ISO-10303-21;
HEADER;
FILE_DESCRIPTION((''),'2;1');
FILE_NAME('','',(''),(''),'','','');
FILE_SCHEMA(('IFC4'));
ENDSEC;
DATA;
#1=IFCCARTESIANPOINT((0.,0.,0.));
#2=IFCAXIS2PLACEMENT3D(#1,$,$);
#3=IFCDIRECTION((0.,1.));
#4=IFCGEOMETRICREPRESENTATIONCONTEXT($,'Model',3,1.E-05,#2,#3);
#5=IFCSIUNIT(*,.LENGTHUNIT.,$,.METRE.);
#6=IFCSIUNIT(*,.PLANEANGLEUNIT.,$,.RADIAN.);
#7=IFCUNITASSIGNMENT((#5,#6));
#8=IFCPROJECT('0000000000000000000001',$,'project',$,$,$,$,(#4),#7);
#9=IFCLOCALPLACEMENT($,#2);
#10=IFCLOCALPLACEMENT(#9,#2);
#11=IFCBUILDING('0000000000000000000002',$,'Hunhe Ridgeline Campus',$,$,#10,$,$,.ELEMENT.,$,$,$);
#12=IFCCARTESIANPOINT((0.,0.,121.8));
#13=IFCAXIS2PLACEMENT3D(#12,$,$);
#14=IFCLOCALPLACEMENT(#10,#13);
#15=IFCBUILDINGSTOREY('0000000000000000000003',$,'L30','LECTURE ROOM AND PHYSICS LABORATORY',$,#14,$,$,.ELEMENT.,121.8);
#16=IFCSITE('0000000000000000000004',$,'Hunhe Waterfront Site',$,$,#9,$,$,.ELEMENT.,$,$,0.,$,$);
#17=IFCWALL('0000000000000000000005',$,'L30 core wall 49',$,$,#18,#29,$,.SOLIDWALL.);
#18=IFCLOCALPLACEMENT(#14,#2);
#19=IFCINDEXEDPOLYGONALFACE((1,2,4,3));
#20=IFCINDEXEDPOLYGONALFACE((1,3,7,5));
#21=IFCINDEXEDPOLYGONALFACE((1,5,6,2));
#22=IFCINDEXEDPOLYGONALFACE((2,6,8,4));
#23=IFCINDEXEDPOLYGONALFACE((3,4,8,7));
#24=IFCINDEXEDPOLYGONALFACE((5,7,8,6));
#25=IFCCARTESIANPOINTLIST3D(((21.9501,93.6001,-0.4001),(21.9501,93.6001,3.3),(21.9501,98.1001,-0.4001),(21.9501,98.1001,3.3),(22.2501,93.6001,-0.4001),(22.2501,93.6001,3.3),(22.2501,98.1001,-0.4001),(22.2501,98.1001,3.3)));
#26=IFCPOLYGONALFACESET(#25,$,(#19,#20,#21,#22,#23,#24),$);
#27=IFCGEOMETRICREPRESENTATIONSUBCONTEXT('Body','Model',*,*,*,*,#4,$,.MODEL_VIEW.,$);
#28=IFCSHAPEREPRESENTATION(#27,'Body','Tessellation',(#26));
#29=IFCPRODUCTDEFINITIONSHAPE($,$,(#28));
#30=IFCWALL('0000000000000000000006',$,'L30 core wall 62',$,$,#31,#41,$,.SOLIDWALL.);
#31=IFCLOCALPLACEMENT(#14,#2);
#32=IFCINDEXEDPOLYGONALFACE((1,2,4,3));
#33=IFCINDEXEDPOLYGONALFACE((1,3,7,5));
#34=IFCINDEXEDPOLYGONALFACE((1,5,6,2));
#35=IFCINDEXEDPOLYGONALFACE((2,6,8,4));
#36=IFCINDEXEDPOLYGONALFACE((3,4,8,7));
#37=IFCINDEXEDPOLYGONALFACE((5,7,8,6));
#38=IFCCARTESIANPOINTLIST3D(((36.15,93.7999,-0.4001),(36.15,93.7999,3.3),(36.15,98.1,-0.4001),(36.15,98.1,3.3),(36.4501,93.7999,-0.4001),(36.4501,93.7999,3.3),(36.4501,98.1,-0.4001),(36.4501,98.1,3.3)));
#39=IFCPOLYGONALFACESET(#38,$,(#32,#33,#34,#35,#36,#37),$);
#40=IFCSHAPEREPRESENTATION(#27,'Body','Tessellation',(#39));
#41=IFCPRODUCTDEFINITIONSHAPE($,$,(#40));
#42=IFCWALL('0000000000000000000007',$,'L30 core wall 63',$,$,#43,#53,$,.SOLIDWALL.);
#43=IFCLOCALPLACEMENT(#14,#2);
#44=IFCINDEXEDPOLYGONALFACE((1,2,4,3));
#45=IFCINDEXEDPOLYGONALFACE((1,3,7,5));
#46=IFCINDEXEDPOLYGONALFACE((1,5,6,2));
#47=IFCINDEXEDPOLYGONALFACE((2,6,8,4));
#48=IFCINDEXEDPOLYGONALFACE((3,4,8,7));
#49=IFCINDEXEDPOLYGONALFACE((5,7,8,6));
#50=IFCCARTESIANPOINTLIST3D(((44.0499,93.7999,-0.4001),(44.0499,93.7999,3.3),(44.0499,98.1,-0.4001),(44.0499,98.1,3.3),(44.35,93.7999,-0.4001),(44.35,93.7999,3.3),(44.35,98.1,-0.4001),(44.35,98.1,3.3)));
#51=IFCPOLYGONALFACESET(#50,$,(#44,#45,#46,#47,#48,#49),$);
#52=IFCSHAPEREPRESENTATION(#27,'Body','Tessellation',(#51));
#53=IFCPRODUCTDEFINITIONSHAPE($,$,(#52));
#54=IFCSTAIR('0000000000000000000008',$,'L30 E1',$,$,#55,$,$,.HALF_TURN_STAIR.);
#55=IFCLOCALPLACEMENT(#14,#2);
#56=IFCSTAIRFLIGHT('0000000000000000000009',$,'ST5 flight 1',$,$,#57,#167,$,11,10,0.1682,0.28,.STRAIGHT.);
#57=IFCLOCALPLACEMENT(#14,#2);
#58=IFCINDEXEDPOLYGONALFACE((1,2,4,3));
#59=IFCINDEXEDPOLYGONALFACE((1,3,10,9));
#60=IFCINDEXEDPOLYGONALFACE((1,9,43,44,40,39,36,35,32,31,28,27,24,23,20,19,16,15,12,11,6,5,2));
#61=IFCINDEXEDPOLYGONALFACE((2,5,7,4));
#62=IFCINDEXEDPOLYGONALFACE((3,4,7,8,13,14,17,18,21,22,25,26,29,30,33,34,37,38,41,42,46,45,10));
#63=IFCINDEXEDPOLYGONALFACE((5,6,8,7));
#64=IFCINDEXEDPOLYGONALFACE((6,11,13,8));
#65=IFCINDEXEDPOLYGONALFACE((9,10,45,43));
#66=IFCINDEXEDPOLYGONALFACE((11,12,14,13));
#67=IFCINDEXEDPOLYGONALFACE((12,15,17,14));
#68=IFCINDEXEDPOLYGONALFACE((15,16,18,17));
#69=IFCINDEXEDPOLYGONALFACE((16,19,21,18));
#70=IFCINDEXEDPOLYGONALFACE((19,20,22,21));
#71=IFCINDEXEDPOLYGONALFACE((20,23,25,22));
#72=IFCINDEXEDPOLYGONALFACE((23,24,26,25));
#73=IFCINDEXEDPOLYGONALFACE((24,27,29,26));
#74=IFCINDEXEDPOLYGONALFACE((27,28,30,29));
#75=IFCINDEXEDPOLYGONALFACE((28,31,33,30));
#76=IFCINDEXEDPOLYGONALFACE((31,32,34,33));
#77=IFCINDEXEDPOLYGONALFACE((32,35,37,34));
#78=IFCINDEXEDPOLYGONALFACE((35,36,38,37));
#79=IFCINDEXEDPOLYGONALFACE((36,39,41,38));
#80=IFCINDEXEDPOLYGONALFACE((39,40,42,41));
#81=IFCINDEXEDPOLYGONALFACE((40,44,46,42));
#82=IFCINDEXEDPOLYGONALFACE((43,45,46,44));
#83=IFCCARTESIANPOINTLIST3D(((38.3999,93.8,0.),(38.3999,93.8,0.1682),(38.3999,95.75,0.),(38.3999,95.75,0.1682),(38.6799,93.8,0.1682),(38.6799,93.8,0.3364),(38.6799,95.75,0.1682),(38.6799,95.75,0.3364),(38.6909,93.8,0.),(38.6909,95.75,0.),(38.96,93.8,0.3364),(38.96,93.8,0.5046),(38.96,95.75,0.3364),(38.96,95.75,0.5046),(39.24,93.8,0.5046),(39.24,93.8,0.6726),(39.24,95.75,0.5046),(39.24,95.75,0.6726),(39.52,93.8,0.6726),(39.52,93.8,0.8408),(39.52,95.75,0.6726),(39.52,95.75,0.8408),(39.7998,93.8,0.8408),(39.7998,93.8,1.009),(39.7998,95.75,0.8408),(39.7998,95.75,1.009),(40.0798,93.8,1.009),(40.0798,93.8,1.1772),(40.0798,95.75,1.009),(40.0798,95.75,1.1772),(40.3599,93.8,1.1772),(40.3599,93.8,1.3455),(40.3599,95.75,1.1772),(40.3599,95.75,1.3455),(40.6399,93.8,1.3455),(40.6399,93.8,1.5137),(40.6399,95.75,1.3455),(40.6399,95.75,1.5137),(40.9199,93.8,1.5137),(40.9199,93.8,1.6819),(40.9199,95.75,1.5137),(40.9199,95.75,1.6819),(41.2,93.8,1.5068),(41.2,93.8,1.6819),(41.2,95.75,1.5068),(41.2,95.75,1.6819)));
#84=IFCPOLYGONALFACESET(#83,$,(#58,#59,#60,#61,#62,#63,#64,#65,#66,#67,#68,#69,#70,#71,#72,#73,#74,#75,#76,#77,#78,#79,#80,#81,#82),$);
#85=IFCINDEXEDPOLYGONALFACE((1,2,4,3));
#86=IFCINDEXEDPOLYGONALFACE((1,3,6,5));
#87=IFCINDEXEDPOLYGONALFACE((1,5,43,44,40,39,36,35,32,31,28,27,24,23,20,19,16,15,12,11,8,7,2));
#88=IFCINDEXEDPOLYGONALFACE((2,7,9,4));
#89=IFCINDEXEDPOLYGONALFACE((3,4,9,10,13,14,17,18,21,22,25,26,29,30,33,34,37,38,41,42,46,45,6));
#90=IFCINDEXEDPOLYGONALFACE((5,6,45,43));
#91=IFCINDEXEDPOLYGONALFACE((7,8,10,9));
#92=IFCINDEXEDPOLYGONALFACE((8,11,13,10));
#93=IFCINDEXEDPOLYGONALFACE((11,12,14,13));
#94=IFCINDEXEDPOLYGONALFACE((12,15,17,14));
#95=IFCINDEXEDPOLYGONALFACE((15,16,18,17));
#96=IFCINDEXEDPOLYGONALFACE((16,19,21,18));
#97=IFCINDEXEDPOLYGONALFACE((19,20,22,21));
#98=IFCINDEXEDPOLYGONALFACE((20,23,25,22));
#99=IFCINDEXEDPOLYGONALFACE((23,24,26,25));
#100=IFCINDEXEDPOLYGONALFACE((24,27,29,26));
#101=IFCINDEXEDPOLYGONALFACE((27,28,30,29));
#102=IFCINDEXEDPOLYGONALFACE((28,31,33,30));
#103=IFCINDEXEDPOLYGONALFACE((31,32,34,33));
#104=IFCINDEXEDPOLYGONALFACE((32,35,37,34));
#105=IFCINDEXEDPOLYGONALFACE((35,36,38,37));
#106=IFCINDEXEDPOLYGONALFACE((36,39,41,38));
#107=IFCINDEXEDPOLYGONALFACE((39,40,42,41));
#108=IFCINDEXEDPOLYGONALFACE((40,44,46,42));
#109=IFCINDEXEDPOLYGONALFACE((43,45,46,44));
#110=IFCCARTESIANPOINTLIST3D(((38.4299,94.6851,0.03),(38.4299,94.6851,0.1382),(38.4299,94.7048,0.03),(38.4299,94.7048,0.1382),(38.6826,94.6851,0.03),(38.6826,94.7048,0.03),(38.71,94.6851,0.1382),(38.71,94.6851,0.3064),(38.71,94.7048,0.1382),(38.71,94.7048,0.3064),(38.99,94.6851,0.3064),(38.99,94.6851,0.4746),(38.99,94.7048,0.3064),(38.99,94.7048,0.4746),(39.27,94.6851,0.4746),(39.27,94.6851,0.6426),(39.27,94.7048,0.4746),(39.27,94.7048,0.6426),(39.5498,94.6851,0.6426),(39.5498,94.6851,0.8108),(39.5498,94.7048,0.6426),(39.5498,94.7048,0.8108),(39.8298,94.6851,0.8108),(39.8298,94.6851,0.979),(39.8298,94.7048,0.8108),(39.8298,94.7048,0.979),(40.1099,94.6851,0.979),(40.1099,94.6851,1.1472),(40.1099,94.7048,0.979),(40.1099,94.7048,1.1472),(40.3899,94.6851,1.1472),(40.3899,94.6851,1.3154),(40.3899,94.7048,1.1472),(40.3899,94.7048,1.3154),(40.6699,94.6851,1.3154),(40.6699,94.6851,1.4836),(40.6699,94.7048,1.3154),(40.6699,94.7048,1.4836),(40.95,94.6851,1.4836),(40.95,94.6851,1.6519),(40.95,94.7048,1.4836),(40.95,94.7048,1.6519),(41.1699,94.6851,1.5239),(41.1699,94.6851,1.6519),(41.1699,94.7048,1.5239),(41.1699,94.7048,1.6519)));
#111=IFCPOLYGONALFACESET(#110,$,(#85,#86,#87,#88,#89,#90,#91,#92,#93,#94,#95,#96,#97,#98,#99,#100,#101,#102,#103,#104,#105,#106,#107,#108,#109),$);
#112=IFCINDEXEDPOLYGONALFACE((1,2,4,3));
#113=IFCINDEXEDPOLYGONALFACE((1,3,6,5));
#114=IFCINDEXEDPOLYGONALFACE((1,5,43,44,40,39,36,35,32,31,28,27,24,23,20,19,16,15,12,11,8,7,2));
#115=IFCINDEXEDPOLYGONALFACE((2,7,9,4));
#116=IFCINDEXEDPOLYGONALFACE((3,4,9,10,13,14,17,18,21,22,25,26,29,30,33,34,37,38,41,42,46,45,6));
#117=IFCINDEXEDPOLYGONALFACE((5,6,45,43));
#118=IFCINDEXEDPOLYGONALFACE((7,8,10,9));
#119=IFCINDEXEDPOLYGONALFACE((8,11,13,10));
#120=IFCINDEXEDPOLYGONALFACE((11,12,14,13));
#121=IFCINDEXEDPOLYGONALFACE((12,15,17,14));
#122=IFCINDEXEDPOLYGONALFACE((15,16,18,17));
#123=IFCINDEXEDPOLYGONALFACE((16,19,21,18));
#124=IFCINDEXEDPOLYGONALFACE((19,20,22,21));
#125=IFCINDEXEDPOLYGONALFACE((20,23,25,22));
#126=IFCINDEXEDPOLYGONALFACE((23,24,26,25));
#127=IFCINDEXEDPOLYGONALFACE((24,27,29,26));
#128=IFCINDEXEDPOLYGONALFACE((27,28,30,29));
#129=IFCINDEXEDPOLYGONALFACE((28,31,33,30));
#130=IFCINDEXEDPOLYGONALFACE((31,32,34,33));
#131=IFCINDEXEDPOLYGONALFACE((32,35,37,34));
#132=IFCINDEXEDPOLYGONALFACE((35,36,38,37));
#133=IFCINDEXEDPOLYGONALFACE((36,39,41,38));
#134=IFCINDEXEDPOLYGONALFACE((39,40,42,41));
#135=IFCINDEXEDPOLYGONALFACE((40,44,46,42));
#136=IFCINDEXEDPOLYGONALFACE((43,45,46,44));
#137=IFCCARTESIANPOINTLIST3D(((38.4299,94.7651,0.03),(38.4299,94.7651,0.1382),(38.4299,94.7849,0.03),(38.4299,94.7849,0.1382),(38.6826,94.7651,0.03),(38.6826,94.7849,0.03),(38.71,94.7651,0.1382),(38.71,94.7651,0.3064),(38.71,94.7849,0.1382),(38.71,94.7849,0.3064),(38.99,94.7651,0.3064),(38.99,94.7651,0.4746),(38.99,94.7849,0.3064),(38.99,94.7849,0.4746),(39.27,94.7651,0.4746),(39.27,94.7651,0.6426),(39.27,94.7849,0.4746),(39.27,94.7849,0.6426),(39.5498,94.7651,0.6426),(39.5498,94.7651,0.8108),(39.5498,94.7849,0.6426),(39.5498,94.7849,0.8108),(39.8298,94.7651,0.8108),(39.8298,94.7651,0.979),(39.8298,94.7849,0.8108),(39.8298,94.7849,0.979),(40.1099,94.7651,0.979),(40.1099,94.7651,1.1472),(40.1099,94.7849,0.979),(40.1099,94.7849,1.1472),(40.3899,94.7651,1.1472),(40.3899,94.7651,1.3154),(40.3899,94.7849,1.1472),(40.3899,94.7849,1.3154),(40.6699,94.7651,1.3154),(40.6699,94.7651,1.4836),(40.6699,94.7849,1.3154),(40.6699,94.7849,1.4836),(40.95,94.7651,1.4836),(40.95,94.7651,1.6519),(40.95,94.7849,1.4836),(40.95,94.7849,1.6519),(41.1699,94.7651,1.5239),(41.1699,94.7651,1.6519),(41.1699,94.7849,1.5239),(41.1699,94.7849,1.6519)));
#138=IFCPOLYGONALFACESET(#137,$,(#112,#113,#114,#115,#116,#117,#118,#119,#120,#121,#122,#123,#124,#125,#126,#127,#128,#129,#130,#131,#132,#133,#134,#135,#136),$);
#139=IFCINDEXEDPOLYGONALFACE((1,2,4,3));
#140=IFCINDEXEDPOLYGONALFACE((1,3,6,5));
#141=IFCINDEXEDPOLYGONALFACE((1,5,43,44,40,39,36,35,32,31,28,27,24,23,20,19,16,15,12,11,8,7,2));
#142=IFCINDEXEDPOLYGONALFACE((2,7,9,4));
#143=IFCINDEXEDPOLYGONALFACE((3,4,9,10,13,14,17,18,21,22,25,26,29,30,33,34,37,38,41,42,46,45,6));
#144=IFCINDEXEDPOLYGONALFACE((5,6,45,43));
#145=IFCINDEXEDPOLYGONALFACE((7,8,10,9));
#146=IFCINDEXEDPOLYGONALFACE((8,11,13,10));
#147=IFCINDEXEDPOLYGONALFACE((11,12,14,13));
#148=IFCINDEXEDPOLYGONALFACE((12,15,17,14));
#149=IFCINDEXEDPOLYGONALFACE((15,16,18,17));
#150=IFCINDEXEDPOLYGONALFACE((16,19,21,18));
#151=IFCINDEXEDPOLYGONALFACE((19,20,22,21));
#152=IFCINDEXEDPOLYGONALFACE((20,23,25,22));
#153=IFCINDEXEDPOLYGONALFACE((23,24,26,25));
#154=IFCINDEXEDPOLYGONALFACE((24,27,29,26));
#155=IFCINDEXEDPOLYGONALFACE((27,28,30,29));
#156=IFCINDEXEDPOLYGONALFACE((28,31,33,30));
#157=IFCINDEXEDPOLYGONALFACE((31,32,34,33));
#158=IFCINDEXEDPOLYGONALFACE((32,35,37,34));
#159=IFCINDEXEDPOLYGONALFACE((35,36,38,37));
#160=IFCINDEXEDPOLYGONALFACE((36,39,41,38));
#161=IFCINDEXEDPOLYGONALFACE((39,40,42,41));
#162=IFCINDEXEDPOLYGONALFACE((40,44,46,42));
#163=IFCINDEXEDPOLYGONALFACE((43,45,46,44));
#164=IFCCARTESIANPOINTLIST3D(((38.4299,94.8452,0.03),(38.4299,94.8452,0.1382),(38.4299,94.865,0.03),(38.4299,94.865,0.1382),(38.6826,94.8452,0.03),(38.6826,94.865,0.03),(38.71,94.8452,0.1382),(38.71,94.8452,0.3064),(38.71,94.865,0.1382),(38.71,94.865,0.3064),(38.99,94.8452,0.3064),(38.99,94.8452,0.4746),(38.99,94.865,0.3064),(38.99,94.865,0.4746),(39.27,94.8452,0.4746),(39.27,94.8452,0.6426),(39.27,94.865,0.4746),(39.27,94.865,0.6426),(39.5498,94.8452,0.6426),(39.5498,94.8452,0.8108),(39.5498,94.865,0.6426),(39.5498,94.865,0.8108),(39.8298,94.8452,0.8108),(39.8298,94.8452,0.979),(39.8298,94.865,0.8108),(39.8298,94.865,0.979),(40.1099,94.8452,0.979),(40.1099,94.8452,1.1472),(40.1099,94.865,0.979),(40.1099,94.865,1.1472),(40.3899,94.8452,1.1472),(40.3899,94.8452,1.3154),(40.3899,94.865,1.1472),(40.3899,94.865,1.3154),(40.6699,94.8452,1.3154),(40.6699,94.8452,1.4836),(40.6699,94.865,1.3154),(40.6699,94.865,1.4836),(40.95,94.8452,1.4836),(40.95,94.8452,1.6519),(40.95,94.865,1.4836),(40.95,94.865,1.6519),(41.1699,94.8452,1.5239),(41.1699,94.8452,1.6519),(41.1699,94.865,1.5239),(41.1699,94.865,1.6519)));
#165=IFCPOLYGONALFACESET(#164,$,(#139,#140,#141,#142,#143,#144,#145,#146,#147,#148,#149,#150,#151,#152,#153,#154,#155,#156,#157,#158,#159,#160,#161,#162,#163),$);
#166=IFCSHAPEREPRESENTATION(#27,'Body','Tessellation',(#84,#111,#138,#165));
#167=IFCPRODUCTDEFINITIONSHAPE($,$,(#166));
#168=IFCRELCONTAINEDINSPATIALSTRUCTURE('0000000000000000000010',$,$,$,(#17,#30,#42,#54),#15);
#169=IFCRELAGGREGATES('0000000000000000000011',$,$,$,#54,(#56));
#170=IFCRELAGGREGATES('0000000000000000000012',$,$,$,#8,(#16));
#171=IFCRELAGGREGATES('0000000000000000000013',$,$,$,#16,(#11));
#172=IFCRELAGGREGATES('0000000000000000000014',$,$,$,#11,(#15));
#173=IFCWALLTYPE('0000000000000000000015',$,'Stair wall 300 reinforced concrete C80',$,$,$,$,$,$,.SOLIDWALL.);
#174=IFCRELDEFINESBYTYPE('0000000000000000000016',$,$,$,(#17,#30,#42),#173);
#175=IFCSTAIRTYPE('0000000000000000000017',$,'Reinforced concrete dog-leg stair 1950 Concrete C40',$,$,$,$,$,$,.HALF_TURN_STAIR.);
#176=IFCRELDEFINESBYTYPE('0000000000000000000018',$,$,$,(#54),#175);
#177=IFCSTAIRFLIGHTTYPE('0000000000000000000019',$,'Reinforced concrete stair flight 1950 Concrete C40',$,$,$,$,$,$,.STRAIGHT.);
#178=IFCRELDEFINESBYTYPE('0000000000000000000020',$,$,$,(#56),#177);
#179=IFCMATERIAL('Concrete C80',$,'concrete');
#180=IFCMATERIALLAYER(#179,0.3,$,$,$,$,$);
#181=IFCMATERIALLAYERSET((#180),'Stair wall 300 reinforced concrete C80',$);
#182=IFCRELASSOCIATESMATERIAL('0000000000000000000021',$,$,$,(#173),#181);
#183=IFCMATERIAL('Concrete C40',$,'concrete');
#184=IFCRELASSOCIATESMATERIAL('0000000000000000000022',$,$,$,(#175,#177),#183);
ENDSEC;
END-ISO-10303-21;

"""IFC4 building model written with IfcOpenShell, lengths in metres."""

from ifc_helpers import new_model, si_unit, direction, frame, frame_2d, origin, place, context, subcontext, project, spatial, polyline, rectangle, outline, extrude, material, layer, layer_set, type_object, element, aggregate, save


model = new_model("IFC4")

# Units and contexts
model_context = context("Model", 3, precision=1e-05, world=origin(), true_north=direction((0.0, 1.0)))
body_context = subcontext(model_context, "Body", "Model", "MODEL_VIEW")
ifc_project = project(units=[si_unit("LENGTHUNIT", "METRE"), si_unit("PLANEANGLEUNIT", "RADIAN")], contexts=[model_context])

# Site, building, storey
site_placement = place(None, origin())
site = spatial("IfcSite", under=ifc_project, at=site_placement, Name="Hunhe Waterfront Site", CompositionType="ELEMENT", RefElevation=0.0)
building_placement = place(site_placement, origin())
building = spatial("IfcBuilding", under=site, at=building_placement, Name="Hunhe Ridgeline Campus", CompositionType="ELEMENT")
storey_placement = place(building_placement, frame((0.0, 0.0, 121.8)))
storey = spatial("IfcBuildingStorey", under=building, at=storey_placement, Name="L30", Description="LECTURE ROOM AND PHYSICS LABORATORY", CompositionType="ELEMENT", Elevation=121.8)

# Shared definitions
ifc_material_1 = material(Name="Concrete C80", Category="concrete")

# Shared definitions
ifc_layer_1 = layer(ifc_material_1, 0.3)
ifc_layer_set_1 = layer_set([ifc_layer_1], Name="Stair wall 300 reinforced concrete C80")
wall_type_1 = type_object("IfcWallType", Name="Stair wall 300 reinforced concrete C80", PredefinedType="SOLIDWALL", material=ifc_layer_set_1)

# Walls
wall_1_placement = place(storey_placement, frame((22.1001, 93.6001, -0.4001), z_axis=(0.0, 0.0, 1.0), x_axis=(0.0, 1.0, 0.0)))
element("IfcWall", 1, at=wall_1_placement, inside=storey, type_object=wall_type_1, Name="L30 core wall 49", PredefinedType="SOLIDWALL", context=body_context, shape_type="SweptSolid", body=[
    extrude(rectangle(XDim=4.5, YDim=0.3, at=frame_2d((2.25, 0.0))), origin(), (0.0, 0.0, 1.0), 3.7002),
])
for number, where, z_axis, x_axis, name in (
    (2, (36.3, 93.8, -0.4001), (0.0, 0.0, 1.0), (0.0, 1.0, 0.0), "L30 core wall 62"),
    (3, (44.2, 93.8, -0.4001), (0.0, 0.0, 1.0), (0.0, 1.0, 0.0), "L30 core wall 63"),
):
    element("IfcWall", number, at=place(storey_placement, frame(where, z_axis=z_axis, x_axis=x_axis)), inside=storey, type_object=wall_type_1, Name=name, PredefinedType="SOLIDWALL", context=body_context, shape_type="SweptSolid", body=[
        extrude(rectangle(XDim=4.3, YDim=0.3, at=frame_2d((2.1499, 0.0))), origin(), (0.0, 0.0, 1.0), 3.7002),
    ])

# Stair, stair flight
ifc_material_2 = material(Name="Concrete C40", Category="concrete")
stair_type = type_object("IfcStairType", Name="Reinforced concrete dog-leg stair 1950 Concrete C40", PredefinedType="HALF_TURN_STAIR", material=ifc_material_2)
stair_placement = place(storey_placement, origin())
stair = element("IfcStair", 4, at=stair_placement, inside=storey, type_object=stair_type, Name="L30 E1", PredefinedType="HALF_TURN_STAIR")
stair_flight_type = type_object("IfcStairFlightType", Name="Reinforced concrete stair flight 1950 Concrete C40", PredefinedType="STRAIGHT", material=ifc_material_2)
stair_flight_1_placement = place(storey_placement, frame((38.3999, 94.7749, 0.0), z_axis=(0.0, 0.0, 1.0), x_axis=(1.0, 0.0, 0.0)))
stair_flight_1 = element("IfcStairFlight", 5, at=stair_flight_1_placement, type_object=stair_flight_type, Name="ST5 flight 1", NumberOfRisers=11, NumberOfTreads=10, PredefinedType="STRAIGHT", RiserHeight=0.1682, TreadLength=0.28, context=body_context, shape_type="SweptSolid", body=[
    extrude(outline(polyline([(0.0, 0.0), (0.0, 0.1682), (0.28, 0.1682), (0.28, 0.3364), (0.5601, 0.3364), (0.5601, 0.5046), (0.8401, 0.5046), (0.8401, 0.6726), (1.1201, 0.6726), (1.1201, 0.8408), (1.3999, 0.8408), (1.3999, 1.009), (1.6799, 1.009), (1.6799, 1.1772), (1.96, 1.1772), (1.96, 1.3455), (2.24, 1.3455), (2.24, 1.5137), (2.52, 1.5137), (2.52, 1.6819), (2.8, 1.6819), (2.8, 1.8501), (2.8, 1.5068), (0.291, 0.0), (0.0, 0.0)])), frame((0.0, 0.9751, 0.0), z_axis=(0.0, -1.0, 0.0), x_axis=(1.0, 0.0, 0.0)), (0.0, 0.0, 1.0), 1.95),
    extrude(outline(polyline([(0.03, 0.03), (0.03, 0.1382), (0.3101, 0.1382), (0.3101, 0.3064), (0.5901, 0.3064), (0.5901, 0.4746), (0.8701, 0.4746), (0.8701, 0.6426), (1.1499, 0.6426), (1.1499, 0.8108), (1.4299, 0.8108), (1.4299, 0.979), (1.71, 0.979), (1.71, 1.1472), (1.99, 1.1472), (1.99, 1.3154), (2.27, 1.3154), (2.27, 1.4836), (2.55, 1.4836), (2.55, 1.6519), (2.77, 1.6519), (2.77, 1.5239), (0.2827, 0.03), (0.03, 0.03)])), frame((0.0, -0.0701, 0.0), z_axis=(0.0, -1.0, 0.0), x_axis=(1.0, 0.0, 0.0)), (0.0, 0.0, 1.0), 0.0198),
    extrude(outline(polyline([(0.03, 0.03), (0.03, 0.1382), (0.3101, 0.1382), (0.3101, 0.3064), (0.5901, 0.3064), (0.5901, 0.4746), (0.8701, 0.4746), (0.8701, 0.6426), (1.1499, 0.6426), (1.1499, 0.8108), (1.4299, 0.8108), (1.4299, 0.979), (1.71, 0.979), (1.71, 1.1472), (1.99, 1.1472), (1.99, 1.3154), (2.27, 1.3154), (2.27, 1.4836), (2.55, 1.4836), (2.55, 1.6519), (2.77, 1.6519), (2.77, 1.5239), (0.2827, 0.03), (0.03, 0.03)])), frame((0.0, 0.01, 0.0), z_axis=(0.0, -1.0, 0.0), x_axis=(1.0, 0.0, 0.0)), (0.0, 0.0, 1.0), 0.0198),
    extrude(outline(polyline([(0.03, 0.03), (0.03, 0.1382), (0.3101, 0.1382), (0.3101, 0.3064), (0.5901, 0.3064), (0.5901, 0.4746), (0.8701, 0.4746), (0.8701, 0.6426), (1.1499, 0.6426), (1.1499, 0.8108), (1.4299, 0.8108), (1.4299, 0.979), (1.71, 0.979), (1.71, 1.1472), (1.99, 1.1472), (1.99, 1.3154), (2.27, 1.3154), (2.27, 1.4836), (2.55, 1.4836), (2.55, 1.6519), (2.77, 1.6519), (2.77, 1.5239), (0.2827, 0.03), (0.03, 0.03)])), frame((0.0, 0.0901, 0.0), z_axis=(0.0, -1.0, 0.0), x_axis=(1.0, 0.0, 0.0)), (0.0, 0.0, 1.0), 0.0198),
])
aggregate(stair, [stair_flight_1])

save(model, "model.ifc")
